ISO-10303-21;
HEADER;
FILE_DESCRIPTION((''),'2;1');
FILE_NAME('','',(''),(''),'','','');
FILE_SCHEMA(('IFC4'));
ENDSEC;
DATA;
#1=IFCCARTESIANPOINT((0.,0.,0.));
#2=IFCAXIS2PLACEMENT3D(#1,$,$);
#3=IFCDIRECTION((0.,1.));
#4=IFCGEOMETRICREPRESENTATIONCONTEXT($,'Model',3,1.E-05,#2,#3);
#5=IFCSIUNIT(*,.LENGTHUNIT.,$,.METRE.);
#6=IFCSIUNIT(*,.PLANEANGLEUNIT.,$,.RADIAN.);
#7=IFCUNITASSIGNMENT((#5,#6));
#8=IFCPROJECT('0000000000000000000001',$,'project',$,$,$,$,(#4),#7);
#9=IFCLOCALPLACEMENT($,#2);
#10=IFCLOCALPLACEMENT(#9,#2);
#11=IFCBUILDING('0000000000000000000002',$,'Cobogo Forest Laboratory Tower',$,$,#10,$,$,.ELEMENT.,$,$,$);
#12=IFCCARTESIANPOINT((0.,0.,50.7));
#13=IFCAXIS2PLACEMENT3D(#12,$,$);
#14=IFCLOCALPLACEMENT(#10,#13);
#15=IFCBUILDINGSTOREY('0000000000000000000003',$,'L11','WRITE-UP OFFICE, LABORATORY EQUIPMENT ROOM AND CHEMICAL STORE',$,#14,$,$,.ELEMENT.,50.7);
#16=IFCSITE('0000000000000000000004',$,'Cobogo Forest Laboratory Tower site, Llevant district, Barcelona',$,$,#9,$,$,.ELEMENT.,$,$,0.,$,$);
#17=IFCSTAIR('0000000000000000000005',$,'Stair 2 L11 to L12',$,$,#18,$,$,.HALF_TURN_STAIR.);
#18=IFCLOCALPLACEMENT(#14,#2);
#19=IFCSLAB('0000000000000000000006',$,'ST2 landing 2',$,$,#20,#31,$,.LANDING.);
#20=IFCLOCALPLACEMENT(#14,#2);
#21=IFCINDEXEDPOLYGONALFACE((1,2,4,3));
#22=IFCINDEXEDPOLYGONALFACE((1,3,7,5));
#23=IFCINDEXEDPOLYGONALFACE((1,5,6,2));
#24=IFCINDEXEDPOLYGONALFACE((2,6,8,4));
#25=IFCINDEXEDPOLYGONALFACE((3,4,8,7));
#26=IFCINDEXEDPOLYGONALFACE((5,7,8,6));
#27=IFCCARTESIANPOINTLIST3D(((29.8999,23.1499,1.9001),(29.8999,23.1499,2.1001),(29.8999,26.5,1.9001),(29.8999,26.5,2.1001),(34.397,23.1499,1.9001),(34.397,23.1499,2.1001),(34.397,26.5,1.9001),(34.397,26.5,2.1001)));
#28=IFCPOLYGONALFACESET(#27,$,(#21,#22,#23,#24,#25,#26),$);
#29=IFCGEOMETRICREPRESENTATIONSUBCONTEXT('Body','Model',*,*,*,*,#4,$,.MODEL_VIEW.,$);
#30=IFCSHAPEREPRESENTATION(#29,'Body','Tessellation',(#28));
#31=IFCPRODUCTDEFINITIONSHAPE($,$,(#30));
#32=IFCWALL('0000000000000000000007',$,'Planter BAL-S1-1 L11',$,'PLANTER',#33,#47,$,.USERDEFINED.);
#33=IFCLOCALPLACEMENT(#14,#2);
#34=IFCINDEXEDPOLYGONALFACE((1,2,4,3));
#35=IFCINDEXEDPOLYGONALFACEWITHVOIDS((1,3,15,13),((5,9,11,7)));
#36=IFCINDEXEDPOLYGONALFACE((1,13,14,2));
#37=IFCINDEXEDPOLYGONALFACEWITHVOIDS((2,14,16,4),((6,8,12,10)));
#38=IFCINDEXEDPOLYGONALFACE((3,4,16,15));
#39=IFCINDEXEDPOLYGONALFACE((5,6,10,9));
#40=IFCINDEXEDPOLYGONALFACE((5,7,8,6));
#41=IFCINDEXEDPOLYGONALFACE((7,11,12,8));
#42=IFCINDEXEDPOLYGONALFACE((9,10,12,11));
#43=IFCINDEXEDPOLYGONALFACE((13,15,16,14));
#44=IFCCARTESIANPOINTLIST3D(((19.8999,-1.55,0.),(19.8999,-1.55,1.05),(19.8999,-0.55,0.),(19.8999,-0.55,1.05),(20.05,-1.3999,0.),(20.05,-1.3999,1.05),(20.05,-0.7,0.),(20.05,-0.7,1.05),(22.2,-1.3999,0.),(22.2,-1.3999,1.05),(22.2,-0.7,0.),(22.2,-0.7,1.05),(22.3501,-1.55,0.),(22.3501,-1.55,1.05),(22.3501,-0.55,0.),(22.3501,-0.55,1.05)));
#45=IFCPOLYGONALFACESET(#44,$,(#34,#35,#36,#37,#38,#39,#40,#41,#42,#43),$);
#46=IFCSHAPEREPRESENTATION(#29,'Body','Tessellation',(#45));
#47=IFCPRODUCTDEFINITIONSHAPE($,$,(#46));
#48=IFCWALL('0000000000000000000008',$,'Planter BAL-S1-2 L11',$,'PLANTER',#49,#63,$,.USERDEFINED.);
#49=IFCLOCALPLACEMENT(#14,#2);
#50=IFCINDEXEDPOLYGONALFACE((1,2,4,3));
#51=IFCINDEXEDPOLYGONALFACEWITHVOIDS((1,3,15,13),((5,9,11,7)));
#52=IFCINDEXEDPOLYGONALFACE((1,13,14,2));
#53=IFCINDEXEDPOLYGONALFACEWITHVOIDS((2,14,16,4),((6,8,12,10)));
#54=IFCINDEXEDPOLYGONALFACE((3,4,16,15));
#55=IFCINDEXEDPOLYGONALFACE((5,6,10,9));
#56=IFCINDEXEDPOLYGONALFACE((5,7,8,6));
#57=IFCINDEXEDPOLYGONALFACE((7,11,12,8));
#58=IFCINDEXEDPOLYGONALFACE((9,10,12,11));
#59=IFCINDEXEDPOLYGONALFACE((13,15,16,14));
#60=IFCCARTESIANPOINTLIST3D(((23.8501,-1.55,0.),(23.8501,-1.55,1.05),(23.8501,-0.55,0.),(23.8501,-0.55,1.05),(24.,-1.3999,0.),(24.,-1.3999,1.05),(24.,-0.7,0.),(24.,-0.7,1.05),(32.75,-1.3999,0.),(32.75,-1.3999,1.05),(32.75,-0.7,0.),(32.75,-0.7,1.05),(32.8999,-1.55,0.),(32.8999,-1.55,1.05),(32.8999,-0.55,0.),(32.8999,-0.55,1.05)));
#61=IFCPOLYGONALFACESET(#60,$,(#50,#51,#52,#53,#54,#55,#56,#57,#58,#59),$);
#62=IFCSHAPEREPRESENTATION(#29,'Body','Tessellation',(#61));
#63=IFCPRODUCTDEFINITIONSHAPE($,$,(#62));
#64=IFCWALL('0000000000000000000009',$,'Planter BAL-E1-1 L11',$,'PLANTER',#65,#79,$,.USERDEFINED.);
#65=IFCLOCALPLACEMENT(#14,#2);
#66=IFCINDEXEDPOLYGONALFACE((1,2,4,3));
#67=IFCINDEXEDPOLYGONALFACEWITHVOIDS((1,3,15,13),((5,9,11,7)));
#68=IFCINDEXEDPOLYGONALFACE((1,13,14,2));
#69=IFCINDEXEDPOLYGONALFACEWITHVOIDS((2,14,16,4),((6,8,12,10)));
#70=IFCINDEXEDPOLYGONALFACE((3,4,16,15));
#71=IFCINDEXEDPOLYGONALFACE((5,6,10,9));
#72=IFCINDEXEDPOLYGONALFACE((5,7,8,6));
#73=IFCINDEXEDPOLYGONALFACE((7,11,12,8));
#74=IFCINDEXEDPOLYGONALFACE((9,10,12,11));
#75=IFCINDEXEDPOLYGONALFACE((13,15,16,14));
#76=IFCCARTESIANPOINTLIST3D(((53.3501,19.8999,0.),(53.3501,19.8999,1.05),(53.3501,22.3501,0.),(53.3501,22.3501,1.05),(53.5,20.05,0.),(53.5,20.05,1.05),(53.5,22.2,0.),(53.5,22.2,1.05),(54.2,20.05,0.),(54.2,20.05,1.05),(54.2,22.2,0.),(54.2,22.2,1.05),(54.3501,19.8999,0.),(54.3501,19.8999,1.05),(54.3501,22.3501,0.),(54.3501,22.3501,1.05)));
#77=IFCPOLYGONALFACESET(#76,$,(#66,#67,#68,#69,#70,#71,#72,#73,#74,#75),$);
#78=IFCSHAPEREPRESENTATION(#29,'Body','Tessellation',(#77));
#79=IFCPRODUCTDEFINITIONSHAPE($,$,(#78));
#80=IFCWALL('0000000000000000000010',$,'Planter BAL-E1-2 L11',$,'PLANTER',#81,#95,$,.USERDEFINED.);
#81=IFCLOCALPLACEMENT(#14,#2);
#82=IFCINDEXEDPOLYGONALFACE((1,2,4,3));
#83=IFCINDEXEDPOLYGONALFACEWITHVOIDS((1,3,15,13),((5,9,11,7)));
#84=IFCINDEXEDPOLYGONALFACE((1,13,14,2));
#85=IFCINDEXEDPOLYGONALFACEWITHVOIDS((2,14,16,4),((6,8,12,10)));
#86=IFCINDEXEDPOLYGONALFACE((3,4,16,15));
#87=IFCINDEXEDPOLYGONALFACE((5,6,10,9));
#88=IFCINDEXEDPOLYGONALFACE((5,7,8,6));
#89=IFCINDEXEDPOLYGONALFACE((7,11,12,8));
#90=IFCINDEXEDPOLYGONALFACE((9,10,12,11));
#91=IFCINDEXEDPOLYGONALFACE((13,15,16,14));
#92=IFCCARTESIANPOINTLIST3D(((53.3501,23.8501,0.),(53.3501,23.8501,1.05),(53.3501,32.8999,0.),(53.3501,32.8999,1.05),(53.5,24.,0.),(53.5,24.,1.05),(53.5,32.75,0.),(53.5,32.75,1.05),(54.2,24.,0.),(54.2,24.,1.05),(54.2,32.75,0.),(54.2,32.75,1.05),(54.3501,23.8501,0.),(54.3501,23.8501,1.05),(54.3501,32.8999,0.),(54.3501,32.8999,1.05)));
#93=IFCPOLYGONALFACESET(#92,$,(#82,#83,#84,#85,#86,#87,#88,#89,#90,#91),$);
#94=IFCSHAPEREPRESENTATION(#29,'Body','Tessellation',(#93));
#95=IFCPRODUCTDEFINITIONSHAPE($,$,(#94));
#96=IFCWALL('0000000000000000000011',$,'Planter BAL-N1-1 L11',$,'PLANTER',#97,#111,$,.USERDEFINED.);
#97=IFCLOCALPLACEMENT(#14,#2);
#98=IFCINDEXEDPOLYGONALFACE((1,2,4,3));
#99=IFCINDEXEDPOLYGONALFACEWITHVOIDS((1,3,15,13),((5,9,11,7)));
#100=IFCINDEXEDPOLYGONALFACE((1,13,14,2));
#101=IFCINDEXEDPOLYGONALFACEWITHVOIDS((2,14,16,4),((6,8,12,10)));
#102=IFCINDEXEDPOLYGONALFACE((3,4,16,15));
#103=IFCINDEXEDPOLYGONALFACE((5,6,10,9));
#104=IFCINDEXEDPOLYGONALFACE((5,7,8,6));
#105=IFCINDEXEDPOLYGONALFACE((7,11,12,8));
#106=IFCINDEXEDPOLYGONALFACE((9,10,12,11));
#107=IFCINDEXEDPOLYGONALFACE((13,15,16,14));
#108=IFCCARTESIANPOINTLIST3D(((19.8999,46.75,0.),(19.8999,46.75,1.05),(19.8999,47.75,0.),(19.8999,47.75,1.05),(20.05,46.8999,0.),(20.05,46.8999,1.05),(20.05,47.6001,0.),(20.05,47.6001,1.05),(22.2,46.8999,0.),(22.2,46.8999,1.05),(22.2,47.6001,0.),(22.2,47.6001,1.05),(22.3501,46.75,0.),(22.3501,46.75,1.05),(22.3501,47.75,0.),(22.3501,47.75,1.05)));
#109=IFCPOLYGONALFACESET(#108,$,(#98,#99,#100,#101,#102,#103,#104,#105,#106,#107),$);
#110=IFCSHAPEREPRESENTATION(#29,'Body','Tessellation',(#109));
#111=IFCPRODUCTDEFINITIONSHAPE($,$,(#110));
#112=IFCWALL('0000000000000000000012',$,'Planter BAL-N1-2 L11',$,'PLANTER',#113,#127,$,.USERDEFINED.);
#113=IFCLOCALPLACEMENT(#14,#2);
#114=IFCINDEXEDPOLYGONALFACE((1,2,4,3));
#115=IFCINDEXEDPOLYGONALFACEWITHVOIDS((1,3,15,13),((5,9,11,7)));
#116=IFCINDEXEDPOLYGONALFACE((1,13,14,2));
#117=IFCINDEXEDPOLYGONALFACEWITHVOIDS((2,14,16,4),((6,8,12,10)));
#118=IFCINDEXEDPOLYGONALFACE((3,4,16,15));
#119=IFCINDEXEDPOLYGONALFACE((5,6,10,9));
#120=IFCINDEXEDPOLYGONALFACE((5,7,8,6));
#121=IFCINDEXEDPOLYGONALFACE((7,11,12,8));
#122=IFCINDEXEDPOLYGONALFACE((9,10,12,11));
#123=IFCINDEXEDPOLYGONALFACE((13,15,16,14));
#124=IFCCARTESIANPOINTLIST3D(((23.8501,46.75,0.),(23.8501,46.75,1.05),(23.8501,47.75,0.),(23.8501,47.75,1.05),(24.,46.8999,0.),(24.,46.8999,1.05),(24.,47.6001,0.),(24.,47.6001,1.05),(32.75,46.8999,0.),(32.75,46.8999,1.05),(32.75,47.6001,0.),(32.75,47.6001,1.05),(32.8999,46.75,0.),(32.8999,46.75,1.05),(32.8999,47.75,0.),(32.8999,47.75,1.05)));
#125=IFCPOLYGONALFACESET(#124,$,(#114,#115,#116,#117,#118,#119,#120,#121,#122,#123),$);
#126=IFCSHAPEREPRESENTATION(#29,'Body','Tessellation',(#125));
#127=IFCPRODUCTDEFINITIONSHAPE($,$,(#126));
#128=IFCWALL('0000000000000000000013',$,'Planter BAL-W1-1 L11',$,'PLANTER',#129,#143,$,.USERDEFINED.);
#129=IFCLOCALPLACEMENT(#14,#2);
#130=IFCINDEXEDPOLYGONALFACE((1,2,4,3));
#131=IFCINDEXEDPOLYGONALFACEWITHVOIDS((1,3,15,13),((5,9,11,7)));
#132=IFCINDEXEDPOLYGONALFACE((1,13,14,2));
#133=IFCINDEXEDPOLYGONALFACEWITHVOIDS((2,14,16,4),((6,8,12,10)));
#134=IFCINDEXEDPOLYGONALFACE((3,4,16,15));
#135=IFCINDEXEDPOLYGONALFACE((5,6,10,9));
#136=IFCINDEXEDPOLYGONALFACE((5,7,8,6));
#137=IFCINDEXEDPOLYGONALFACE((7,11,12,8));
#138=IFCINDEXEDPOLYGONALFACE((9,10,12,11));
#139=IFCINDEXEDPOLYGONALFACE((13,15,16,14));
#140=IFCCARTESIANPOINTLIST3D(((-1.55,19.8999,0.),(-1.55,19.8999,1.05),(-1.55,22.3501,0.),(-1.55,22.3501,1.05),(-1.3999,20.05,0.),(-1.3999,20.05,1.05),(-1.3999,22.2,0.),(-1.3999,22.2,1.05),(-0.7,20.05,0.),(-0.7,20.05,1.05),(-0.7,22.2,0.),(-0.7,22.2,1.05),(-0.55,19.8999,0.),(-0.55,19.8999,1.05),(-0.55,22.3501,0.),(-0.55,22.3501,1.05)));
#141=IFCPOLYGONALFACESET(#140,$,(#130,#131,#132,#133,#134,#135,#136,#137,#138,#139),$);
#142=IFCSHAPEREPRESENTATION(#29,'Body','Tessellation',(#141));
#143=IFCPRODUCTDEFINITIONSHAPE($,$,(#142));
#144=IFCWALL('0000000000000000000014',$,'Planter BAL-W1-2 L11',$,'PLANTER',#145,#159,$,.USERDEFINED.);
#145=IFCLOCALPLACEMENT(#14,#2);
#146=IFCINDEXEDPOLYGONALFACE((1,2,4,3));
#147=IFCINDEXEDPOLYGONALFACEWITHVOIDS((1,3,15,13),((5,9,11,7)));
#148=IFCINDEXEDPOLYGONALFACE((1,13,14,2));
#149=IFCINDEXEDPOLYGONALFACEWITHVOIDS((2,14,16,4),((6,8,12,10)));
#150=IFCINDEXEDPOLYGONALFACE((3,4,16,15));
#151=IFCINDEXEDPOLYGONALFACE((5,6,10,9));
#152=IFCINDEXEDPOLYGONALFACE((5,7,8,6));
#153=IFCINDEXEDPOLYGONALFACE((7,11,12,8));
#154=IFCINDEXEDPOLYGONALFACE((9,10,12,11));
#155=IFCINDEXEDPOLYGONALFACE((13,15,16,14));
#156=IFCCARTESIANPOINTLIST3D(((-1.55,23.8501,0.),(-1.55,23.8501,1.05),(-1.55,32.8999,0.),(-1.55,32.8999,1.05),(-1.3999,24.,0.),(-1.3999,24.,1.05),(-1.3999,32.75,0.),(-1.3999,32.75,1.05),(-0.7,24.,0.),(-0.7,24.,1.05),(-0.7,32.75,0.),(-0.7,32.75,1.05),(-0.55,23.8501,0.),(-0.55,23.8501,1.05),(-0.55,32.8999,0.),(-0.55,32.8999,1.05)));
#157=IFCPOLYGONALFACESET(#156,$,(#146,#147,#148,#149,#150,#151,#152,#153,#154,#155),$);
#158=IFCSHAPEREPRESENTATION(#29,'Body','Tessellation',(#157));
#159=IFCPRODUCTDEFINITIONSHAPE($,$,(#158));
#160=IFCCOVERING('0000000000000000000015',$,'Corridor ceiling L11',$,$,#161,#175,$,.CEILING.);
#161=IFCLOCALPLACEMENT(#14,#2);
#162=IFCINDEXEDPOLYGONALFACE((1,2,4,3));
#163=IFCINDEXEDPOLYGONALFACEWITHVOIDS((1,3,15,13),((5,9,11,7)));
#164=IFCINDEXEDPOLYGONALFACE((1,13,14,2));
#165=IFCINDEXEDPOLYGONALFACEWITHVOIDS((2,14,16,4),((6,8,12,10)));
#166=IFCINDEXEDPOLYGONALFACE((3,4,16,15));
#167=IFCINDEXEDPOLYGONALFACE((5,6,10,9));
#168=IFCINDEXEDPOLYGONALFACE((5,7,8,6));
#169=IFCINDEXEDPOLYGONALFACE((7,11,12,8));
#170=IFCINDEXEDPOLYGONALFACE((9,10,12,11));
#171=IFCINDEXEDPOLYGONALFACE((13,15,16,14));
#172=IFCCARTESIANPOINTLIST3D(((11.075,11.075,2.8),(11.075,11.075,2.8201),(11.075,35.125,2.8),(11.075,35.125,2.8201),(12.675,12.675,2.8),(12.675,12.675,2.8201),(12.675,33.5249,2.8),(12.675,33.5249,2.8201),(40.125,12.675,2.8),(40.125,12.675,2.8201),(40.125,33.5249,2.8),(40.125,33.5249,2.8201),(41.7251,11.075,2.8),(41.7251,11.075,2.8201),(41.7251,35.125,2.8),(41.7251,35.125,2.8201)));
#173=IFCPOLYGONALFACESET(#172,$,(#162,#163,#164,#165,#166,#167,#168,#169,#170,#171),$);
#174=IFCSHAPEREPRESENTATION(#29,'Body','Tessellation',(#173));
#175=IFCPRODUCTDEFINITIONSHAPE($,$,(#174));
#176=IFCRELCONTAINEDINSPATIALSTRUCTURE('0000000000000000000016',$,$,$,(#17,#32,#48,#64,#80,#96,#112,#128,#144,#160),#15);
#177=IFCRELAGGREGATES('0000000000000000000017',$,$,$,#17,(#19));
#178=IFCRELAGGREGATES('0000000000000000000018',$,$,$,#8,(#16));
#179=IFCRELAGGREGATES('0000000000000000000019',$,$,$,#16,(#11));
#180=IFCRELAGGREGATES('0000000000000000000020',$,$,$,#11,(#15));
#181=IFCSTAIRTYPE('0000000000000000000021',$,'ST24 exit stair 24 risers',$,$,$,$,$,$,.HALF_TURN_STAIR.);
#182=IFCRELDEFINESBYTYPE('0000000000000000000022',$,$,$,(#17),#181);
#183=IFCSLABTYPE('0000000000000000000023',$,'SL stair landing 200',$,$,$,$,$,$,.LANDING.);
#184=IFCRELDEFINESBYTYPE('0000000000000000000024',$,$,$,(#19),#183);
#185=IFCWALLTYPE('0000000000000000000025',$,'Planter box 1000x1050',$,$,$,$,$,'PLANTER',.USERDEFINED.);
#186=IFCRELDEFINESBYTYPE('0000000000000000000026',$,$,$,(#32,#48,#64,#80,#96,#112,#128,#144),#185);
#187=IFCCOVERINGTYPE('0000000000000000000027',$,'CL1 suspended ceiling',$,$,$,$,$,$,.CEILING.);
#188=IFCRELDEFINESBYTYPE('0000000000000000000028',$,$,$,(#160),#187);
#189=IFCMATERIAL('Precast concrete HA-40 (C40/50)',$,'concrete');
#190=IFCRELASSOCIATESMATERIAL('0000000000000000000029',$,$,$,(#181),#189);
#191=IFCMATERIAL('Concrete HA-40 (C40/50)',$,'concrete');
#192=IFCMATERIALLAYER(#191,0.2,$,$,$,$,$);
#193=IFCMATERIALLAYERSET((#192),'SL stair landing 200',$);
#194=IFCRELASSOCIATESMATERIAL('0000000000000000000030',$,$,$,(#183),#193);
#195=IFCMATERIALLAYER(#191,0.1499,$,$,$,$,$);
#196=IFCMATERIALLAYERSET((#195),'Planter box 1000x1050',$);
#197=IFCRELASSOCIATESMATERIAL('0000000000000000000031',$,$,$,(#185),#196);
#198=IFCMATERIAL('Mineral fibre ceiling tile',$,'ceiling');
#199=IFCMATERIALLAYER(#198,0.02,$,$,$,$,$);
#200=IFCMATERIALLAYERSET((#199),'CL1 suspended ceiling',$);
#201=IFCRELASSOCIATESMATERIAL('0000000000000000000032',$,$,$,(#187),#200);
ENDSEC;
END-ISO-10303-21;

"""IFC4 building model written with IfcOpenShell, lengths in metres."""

from ifc_helpers import new_model, si_unit, direction, frame, origin, place, context, subcontext, project, spatial, polyline, outline, extrude, material, layer, layer_set, type_object, element, aggregate, save


model = new_model("IFC4")

# Units and contexts
model_context = context("Model", 3, precision=1e-05, world=origin(), true_north=direction((0.0, 1.0)))
body_context = subcontext(model_context, "Body", "Model", "MODEL_VIEW")
ifc_project = project(units=[si_unit("LENGTHUNIT", "METRE"), si_unit("PLANEANGLEUNIT", "RADIAN")], contexts=[model_context])

# Site, building, storey
site_placement = place(None, origin())
site = spatial("IfcSite", under=ifc_project, at=site_placement, Name="Cobogo Forest Laboratory Tower site, Llevant district, Barcelona", CompositionType="ELEMENT", RefElevation=0.0)
building_placement = place(site_placement, origin())
building = spatial("IfcBuilding", under=site, at=building_placement, Name="Cobogo Forest Laboratory Tower", CompositionType="ELEMENT")
storey_placement = place(building_placement, frame((0.0, 0.0, 50.7)))
storey = spatial("IfcBuildingStorey", under=building, at=storey_placement, Name="L11", Description="WRITE-UP OFFICE, LABORATORY EQUIPMENT ROOM AND CHEMICAL STORE", CompositionType="ELEMENT", Elevation=50.7)

# Shared definitions
ifc_material_1 = material(Name="Concrete HA-40 (C40/50)", Category="concrete")

# Stair, slab
ifc_material_2 = material(Name="Precast concrete HA-40 (C40/50)", Category="concrete")
stair_type = type_object("IfcStairType", Name="ST24 exit stair 24 risers", PredefinedType="HALF_TURN_STAIR", material=ifc_material_2)
ifc_layer_1 = layer(ifc_material_1, 0.2)
ifc_layer_set_1 = layer_set([ifc_layer_1], Name="SL stair landing 200")
slab_type_1 = type_object("IfcSlabType", Name="SL stair landing 200", PredefinedType="LANDING", material=ifc_layer_set_1)
stair_1_placement = place(storey_placement, origin())
stair_1 = element("IfcStair", 1, at=stair_1_placement, inside=storey, type_object=stair_type, Name="Stair 2 L11 to L12", PredefinedType="HALF_TURN_STAIR")
slab_1_placement = place(storey_placement, frame((0.0, 0.0, 1.9001)))
slab_1 = element("IfcSlab", 2, at=slab_1_placement, type_object=slab_type_1, Name="ST2 landing 2", PredefinedType="LANDING", context=body_context, shape_type="SweptSolid", body=[
    extrude(outline(polyline([(29.8999, 23.1499), (34.397, 23.1499), (34.397, 26.5), (29.8999, 26.5), (29.8999, 23.1499)])), origin(), (0.0, 0.0, 1.0), 0.2),
])
aggregate(stair_1, [slab_1])

# Walls
ifc_layer_2 = layer(ifc_material_1, 0.1499)
ifc_layer_set_2 = layer_set([ifc_layer_2], Name="Planter box 1000x1050")
wall_type = type_object("IfcWallType", Name="Planter box 1000x1050", ElementType="PLANTER", PredefinedType="USERDEFINED", material=ifc_layer_set_2)
wall_1_placement = place(storey_placement, origin())
element("IfcWall", 3, at=wall_1_placement, inside=storey, type_object=wall_type, Name="Planter BAL-S1-1 L11", ObjectType="PLANTER", PredefinedType="USERDEFINED", context=body_context, shape_type="SweptSolid", body=[
    extrude(outline(polyline([(19.8999, -1.55), (22.3501, -1.55), (22.3501, -0.55), (19.8999, -0.55), (19.8999, -1.55)]), holes=[polyline([(20.05, -1.3999), (22.2, -1.3999), (22.2, -0.7), (20.05, -0.7), (20.05, -1.3999)])]), origin(), (0.0, 0.0, 1.0), 1.05),
])
wall_2_placement = place(storey_placement, origin())
element("IfcWall", 4, at=wall_2_placement, inside=storey, type_object=wall_type, Name="Planter BAL-S1-2 L11", ObjectType="PLANTER", PredefinedType="USERDEFINED", context=body_context, shape_type="SweptSolid", body=[
    extrude(outline(polyline([(23.8501, -1.55), (32.8999, -1.55), (32.8999, -0.55), (23.8501, -0.55), (23.8501, -1.55)]), holes=[polyline([(24.0, -1.3999), (32.75, -1.3999), (32.75, -0.7), (24.0, -0.7), (24.0, -1.3999)])]), origin(), (0.0, 0.0, 1.0), 1.05),
])
wall_3_placement = place(storey_placement, origin())
element("IfcWall", 5, at=wall_3_placement, inside=storey, type_object=wall_type, Name="Planter BAL-E1-1 L11", ObjectType="PLANTER", PredefinedType="USERDEFINED", context=body_context, shape_type="SweptSolid", body=[
    extrude(outline(polyline([(53.3501, 19.8999), (54.3501, 19.8999), (54.3501, 22.3501), (53.3501, 22.3501), (53.3501, 19.8999)]), holes=[polyline([(53.5, 20.05), (54.2, 20.05), (54.2, 22.2), (53.5, 22.2), (53.5, 20.05)])]), origin(), (0.0, 0.0, 1.0), 1.05),
])
wall_4_placement = place(storey_placement, origin())
element("IfcWall", 6, at=wall_4_placement, inside=storey, type_object=wall_type, Name="Planter BAL-E1-2 L11", ObjectType="PLANTER", PredefinedType="USERDEFINED", context=body_context, shape_type="SweptSolid", body=[
    extrude(outline(polyline([(53.3501, 23.8501), (54.3501, 23.8501), (54.3501, 32.8999), (53.3501, 32.8999), (53.3501, 23.8501)]), holes=[polyline([(53.5, 24.0), (54.2, 24.0), (54.2, 32.75), (53.5, 32.75), (53.5, 24.0)])]), origin(), (0.0, 0.0, 1.0), 1.05),
])
wall_5_placement = place(storey_placement, origin())
element("IfcWall", 7, at=wall_5_placement, inside=storey, type_object=wall_type, Name="Planter BAL-N1-1 L11", ObjectType="PLANTER", PredefinedType="USERDEFINED", context=body_context, shape_type="SweptSolid", body=[
    extrude(outline(polyline([(19.8999, 46.75), (22.3501, 46.75), (22.3501, 47.75), (19.8999, 47.75), (19.8999, 46.75)]), holes=[polyline([(20.05, 46.8999), (22.2, 46.8999), (22.2, 47.6001), (20.05, 47.6001), (20.05, 46.8999)])]), origin(), (0.0, 0.0, 1.0), 1.05),
])
wall_6_placement = place(storey_placement, origin())
element("IfcWall", 8, at=wall_6_placement, inside=storey, type_object=wall_type, Name="Planter BAL-N1-2 L11", ObjectType="PLANTER", PredefinedType="USERDEFINED", context=body_context, shape_type="SweptSolid", body=[
    extrude(outline(polyline([(23.8501, 46.75), (32.8999, 46.75), (32.8999, 47.75), (23.8501, 47.75), (23.8501, 46.75)]), holes=[polyline([(24.0, 46.8999), (32.75, 46.8999), (32.75, 47.6001), (24.0, 47.6001), (24.0, 46.8999)])]), origin(), (0.0, 0.0, 1.0), 1.05),
])
wall_7_placement = place(storey_placement, origin())
element("IfcWall", 9, at=wall_7_placement, inside=storey, type_object=wall_type, Name="Planter BAL-W1-1 L11", ObjectType="PLANTER", PredefinedType="USERDEFINED", context=body_context, shape_type="SweptSolid", body=[
    extrude(outline(polyline([(-1.55, 19.8999), (-0.55, 19.8999), (-0.55, 22.3501), (-1.55, 22.3501), (-1.55, 19.8999)]), holes=[polyline([(-1.3999, 20.05), (-0.7, 20.05), (-0.7, 22.2), (-1.3999, 22.2), (-1.3999, 20.05)])]), origin(), (0.0, 0.0, 1.0), 1.05),
])
wall_8_placement = place(storey_placement, origin())
element("IfcWall", 10, at=wall_8_placement, inside=storey, type_object=wall_type, Name="Planter BAL-W1-2 L11", ObjectType="PLANTER", PredefinedType="USERDEFINED", context=body_context, shape_type="SweptSolid", body=[
    extrude(outline(polyline([(-1.55, 23.8501), (-0.55, 23.8501), (-0.55, 32.8999), (-1.55, 32.8999), (-1.55, 23.8501)]), holes=[polyline([(-1.3999, 24.0), (-0.7, 24.0), (-0.7, 32.75), (-1.3999, 32.75), (-1.3999, 24.0)])]), origin(), (0.0, 0.0, 1.0), 1.05),
])

# Covering
ifc_material_3 = material(Name="Mineral fibre ceiling tile", Category="ceiling")
ifc_layer_3 = layer(ifc_material_3, 0.02)
ifc_layer_set_3 = layer_set([ifc_layer_3], Name="CL1 suspended ceiling")
covering_type_1 = type_object("IfcCoveringType", Name="CL1 suspended ceiling", PredefinedType="CEILING", material=ifc_layer_set_3)
covering_1_placement = place(storey_placement, frame((0.0, 0.0, 2.8)))
element("IfcCovering", 11, at=covering_1_placement, inside=storey, type_object=covering_type_1, Name="Corridor ceiling L11", PredefinedType="CEILING", context=body_context, shape_type="SweptSolid", body=[
    extrude(outline(polyline([(11.075, 11.075), (11.075, 35.125), (41.7251, 35.125), (41.7251, 11.075), (11.075, 11.075)]), holes=[polyline([(40.125, 33.5249), (12.675, 33.5249), (12.675, 12.675), (40.125, 12.675), (40.125, 33.5249)])]), origin(), (0.0, 0.0, 1.0), 0.02),
])

save(model, "model.ifc")
